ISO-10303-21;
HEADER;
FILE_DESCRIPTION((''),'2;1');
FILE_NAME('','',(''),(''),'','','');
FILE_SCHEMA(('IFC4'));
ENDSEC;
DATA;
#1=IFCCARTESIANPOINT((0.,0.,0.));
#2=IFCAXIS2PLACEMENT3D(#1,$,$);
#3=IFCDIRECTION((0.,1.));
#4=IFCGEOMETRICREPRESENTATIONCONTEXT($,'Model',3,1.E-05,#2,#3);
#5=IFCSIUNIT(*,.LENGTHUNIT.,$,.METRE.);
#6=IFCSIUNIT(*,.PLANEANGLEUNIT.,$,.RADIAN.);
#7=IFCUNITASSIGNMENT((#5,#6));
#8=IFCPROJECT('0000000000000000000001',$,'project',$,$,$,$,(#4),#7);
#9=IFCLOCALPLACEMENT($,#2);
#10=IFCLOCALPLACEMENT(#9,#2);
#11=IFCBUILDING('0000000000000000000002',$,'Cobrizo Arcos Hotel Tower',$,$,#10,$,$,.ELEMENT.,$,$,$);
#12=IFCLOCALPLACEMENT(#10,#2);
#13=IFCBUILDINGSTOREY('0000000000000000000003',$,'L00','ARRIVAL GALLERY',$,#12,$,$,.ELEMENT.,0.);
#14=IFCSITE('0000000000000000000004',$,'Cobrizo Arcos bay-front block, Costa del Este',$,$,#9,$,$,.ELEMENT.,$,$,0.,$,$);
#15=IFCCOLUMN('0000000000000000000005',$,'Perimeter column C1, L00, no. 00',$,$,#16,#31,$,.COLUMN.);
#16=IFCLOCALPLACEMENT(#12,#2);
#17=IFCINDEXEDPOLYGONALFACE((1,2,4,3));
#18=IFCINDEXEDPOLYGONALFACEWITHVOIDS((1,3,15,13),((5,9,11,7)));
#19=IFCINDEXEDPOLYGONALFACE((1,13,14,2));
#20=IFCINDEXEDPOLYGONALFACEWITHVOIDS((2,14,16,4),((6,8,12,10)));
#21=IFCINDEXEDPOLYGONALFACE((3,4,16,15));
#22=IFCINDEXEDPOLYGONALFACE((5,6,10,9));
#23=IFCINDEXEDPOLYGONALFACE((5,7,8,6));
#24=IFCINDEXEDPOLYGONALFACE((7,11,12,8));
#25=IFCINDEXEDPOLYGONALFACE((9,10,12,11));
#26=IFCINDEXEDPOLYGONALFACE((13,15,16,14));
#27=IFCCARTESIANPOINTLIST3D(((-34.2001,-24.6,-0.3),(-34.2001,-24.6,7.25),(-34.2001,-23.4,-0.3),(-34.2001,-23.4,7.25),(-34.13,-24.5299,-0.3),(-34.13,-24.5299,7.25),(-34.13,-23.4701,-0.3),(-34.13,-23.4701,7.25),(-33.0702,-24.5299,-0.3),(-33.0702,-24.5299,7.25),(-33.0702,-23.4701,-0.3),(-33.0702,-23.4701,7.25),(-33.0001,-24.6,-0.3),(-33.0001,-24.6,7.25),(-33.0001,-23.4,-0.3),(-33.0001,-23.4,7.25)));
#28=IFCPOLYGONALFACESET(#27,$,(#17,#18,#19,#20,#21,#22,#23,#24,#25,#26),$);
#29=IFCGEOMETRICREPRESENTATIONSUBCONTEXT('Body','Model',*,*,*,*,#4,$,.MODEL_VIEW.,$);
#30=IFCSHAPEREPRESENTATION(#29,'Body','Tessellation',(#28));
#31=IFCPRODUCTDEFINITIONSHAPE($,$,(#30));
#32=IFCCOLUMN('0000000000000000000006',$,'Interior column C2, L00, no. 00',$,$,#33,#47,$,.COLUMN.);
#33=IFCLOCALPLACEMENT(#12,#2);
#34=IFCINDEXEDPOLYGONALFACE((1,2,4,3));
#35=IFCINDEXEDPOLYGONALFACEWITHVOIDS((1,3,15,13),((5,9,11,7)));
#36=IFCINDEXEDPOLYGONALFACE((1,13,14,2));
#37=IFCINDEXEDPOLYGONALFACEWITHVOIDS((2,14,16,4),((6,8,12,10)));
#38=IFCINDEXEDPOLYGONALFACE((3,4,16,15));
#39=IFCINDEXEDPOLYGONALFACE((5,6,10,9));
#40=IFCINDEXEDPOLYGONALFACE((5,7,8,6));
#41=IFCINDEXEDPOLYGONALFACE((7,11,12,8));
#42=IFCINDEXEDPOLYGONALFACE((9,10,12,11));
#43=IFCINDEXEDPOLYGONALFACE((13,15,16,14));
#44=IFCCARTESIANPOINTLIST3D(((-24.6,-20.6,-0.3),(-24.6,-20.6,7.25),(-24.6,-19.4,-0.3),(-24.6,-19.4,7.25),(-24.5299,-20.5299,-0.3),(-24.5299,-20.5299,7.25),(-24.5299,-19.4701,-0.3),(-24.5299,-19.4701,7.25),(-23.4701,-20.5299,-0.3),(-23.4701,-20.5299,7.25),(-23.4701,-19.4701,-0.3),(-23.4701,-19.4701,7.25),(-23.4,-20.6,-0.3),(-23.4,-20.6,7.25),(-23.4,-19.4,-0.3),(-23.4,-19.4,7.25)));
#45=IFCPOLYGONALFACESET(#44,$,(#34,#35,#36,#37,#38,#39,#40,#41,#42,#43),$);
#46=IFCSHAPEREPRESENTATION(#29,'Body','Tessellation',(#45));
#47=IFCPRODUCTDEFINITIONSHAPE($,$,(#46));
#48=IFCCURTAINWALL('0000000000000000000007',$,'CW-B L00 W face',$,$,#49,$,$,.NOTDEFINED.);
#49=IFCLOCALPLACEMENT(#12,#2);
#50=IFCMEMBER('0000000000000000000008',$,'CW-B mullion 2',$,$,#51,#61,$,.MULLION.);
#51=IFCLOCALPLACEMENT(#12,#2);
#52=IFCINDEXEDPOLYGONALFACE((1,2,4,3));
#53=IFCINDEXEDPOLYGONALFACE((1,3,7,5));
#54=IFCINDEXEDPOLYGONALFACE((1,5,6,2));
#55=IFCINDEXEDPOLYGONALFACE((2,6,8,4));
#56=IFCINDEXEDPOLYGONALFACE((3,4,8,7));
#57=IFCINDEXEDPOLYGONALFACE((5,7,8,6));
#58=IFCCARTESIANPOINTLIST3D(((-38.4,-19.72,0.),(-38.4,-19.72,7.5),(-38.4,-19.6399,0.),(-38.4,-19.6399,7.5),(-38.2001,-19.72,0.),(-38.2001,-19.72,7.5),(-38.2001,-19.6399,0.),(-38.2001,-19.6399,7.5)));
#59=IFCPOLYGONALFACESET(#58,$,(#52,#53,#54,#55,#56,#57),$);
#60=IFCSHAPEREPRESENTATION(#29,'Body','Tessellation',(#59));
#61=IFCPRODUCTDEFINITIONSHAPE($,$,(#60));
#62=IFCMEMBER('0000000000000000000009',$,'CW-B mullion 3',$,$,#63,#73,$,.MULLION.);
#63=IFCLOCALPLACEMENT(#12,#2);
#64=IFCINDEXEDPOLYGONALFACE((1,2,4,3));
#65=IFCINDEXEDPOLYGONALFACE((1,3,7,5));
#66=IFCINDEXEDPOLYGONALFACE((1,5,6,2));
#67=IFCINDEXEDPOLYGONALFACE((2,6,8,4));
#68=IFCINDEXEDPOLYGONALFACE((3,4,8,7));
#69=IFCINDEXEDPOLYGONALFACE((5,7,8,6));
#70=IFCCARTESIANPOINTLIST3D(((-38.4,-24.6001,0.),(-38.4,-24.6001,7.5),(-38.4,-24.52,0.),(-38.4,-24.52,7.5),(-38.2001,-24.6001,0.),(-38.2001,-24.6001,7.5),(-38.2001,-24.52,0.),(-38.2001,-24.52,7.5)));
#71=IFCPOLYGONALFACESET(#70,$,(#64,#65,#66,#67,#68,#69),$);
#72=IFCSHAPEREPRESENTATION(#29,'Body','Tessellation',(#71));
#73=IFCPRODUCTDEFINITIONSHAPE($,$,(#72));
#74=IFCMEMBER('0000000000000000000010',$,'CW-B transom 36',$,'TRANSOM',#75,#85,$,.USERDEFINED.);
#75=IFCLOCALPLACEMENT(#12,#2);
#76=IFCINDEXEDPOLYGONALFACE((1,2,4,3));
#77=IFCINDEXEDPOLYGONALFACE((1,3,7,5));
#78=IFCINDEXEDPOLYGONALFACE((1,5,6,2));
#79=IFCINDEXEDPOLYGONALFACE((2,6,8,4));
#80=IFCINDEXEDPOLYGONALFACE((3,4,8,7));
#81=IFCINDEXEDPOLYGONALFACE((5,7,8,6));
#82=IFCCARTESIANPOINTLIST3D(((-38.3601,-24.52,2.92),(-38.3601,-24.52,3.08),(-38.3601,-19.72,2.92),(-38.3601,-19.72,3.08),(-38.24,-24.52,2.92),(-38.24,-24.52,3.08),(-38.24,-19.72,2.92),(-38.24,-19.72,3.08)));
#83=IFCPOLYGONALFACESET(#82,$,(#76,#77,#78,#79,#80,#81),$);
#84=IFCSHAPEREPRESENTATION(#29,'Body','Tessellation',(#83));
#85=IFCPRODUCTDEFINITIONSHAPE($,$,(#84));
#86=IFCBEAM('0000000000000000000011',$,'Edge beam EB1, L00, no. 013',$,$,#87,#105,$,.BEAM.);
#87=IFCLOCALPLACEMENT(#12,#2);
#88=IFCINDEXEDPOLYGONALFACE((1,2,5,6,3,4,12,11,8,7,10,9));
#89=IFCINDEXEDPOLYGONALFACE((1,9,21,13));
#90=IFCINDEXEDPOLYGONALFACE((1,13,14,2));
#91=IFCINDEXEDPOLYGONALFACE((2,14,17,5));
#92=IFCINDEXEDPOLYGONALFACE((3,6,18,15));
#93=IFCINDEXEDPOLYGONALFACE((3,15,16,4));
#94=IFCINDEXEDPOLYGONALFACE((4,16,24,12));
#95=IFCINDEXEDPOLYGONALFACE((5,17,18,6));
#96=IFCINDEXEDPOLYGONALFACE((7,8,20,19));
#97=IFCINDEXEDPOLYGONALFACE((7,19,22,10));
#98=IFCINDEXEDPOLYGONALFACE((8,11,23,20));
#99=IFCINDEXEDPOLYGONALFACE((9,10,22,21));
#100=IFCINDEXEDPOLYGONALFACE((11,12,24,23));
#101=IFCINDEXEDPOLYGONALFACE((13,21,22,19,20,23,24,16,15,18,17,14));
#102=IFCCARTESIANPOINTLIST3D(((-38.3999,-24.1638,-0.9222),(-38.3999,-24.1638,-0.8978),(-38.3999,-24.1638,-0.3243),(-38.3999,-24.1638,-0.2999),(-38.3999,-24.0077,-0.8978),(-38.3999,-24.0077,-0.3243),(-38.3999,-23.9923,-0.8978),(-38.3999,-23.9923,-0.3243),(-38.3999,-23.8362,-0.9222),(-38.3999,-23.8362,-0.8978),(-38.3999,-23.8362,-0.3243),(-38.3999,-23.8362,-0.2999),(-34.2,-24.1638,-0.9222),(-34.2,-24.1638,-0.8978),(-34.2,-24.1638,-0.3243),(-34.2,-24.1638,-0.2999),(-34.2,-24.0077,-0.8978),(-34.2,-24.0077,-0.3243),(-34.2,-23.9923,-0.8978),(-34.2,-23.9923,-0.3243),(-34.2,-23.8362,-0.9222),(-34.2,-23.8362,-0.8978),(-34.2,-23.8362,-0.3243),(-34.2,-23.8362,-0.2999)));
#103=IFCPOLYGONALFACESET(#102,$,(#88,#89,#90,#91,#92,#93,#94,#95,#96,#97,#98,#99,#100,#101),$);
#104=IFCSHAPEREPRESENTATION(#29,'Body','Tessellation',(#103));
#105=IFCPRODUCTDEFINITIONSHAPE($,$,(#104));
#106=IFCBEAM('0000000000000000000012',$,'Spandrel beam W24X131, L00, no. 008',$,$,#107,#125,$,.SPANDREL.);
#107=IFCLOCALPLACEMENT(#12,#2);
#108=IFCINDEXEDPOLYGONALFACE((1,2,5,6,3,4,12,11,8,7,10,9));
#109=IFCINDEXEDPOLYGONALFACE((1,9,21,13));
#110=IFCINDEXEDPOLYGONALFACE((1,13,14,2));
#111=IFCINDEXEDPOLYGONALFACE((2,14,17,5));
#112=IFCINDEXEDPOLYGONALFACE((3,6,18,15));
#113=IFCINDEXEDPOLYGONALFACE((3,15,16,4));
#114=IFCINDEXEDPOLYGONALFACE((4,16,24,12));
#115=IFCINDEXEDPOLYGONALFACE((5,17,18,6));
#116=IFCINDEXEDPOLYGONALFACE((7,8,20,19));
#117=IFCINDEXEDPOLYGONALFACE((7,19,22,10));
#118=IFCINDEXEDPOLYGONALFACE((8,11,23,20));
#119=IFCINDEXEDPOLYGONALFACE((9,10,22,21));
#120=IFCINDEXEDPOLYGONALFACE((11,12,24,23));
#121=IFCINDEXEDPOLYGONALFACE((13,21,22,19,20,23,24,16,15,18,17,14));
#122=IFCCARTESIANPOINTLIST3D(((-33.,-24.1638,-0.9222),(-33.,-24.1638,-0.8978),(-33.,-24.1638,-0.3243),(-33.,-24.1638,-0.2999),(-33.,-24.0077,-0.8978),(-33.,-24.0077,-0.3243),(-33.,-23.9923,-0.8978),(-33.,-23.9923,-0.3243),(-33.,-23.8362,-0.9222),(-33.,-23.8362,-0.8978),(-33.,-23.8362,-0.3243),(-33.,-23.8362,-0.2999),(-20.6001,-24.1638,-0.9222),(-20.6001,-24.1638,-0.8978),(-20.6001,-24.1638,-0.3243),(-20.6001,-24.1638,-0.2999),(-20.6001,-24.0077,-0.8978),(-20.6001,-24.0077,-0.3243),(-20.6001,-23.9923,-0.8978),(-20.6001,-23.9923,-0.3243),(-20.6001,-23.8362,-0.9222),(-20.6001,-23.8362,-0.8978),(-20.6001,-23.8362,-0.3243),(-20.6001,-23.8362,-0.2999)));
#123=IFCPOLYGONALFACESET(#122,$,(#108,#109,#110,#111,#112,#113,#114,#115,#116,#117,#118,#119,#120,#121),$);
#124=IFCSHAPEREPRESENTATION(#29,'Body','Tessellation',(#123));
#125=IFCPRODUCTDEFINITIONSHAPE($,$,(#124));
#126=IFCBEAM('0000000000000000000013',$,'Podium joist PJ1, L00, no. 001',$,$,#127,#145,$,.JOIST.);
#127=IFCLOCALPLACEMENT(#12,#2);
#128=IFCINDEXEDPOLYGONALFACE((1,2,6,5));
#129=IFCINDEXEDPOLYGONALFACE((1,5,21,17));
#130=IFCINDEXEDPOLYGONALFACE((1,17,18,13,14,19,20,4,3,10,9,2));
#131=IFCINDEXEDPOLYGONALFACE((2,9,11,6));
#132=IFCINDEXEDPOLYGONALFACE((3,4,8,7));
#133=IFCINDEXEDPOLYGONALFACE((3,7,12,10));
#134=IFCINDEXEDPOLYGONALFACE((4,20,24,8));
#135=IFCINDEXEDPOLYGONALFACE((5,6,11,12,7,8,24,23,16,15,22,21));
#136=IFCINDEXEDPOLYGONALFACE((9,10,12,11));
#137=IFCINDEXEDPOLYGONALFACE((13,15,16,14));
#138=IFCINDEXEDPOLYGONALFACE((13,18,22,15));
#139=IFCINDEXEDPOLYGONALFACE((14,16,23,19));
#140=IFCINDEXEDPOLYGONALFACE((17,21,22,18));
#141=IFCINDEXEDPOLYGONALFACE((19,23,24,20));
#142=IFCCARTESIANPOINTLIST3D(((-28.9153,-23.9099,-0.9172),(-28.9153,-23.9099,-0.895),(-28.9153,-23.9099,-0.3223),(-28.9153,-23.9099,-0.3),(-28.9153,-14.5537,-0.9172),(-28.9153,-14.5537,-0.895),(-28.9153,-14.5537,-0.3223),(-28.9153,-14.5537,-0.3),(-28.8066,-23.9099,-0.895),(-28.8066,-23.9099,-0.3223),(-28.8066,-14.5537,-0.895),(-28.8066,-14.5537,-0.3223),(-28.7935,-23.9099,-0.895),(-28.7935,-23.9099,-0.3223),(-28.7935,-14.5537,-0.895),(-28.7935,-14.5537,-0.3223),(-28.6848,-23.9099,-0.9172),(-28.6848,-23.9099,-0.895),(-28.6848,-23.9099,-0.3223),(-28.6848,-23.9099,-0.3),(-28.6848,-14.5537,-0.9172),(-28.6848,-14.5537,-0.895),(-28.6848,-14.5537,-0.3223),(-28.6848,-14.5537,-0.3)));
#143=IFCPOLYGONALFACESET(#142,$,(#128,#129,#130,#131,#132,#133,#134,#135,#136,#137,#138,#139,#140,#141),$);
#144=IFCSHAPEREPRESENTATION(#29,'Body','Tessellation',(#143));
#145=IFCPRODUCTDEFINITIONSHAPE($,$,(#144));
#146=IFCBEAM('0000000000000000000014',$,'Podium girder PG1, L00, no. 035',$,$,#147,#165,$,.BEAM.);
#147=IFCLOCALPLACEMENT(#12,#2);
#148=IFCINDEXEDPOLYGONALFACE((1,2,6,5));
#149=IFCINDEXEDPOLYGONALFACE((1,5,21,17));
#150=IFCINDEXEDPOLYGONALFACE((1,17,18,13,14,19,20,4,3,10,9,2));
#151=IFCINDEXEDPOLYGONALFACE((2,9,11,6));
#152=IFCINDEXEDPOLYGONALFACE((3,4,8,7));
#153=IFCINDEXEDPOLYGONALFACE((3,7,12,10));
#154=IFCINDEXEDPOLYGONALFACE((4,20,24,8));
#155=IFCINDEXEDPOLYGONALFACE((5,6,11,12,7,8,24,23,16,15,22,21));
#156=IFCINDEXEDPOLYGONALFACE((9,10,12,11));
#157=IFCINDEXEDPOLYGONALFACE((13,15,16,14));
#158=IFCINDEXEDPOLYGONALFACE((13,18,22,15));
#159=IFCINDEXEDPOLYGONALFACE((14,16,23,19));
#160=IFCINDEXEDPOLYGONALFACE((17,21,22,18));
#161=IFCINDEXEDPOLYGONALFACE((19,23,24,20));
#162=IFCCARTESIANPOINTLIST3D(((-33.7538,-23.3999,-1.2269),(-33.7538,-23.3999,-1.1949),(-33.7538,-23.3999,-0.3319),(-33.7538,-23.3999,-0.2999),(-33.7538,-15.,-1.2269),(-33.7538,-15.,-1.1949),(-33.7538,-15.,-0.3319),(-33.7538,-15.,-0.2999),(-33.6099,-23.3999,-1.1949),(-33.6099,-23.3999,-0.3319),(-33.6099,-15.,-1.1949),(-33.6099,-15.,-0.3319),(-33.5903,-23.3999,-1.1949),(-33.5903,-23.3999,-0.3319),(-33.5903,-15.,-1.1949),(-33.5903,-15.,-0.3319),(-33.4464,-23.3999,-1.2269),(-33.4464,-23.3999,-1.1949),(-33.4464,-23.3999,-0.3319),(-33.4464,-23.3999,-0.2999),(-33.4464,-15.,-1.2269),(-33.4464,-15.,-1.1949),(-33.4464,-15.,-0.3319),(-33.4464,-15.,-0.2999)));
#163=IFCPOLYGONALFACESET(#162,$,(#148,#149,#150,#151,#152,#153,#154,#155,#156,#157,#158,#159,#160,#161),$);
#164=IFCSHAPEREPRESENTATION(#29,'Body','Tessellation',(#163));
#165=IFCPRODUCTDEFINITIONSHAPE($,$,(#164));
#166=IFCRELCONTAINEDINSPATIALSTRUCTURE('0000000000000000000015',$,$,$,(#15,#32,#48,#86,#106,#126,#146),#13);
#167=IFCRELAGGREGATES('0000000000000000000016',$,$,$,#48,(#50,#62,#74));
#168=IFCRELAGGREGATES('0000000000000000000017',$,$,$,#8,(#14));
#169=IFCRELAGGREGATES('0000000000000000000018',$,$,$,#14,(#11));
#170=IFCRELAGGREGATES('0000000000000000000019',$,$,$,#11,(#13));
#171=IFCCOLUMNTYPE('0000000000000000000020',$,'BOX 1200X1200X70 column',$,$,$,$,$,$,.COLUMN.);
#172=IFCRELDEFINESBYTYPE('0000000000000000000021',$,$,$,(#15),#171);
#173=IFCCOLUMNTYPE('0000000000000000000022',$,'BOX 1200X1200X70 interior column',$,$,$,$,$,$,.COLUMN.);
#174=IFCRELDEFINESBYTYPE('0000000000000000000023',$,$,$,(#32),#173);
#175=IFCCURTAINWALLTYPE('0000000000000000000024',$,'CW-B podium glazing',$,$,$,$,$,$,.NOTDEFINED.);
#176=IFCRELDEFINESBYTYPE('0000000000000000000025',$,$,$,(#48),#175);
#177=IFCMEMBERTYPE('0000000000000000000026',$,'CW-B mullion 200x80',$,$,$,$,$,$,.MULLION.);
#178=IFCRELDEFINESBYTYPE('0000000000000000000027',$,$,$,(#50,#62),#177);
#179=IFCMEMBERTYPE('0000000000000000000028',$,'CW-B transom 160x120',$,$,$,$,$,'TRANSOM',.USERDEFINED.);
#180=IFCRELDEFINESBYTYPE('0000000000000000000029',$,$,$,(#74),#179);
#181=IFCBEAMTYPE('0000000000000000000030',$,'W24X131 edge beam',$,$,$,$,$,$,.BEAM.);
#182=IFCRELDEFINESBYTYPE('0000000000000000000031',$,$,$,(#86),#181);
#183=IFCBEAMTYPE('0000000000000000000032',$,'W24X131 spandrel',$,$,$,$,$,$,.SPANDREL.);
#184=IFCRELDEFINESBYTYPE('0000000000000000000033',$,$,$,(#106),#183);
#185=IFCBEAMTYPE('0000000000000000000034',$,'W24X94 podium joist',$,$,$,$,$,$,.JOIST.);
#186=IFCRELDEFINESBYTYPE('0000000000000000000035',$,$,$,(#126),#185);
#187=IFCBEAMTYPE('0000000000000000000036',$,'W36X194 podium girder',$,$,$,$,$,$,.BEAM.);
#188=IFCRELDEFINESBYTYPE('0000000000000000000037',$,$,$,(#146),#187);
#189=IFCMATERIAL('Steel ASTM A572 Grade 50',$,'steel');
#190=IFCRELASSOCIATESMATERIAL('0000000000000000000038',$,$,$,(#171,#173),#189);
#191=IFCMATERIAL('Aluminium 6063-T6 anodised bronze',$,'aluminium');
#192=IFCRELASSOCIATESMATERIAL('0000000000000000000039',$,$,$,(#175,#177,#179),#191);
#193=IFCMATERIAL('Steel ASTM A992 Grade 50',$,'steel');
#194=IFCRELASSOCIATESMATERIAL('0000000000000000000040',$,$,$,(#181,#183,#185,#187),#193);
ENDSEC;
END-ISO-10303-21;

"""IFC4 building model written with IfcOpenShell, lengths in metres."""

from ifc_helpers import new_model, si_unit, direction, frame, origin, origin_2d, place, context, subcontext, project, spatial, rectangle, hollow_rectangle, i_section, extrude, material, material_profile, profile_set, type_object, element, aggregate, save


model = new_model("IFC4")

# Units and contexts
model_context = context("Model", 3, precision=1e-05, world=origin(), true_north=direction((0.0, 1.0)))
body_context = subcontext(model_context, "Body", "Model", "MODEL_VIEW")
ifc_project = project(units=[si_unit("LENGTHUNIT", "METRE"), si_unit("PLANEANGLEUNIT", "RADIAN")], contexts=[model_context])

# Site, building, storey
site_placement = place(None, origin())
site = spatial("IfcSite", under=ifc_project, at=site_placement, Name="Cobrizo Arcos bay-front block, Costa del Este", CompositionType="ELEMENT", RefElevation=0.0)
building_placement = place(site_placement, origin())
building = spatial("IfcBuilding", under=site, at=building_placement, Name="Cobrizo Arcos Hotel Tower", CompositionType="ELEMENT")
storey_placement = place(building_placement, origin())
storey = spatial("IfcBuildingStorey", under=building, at=storey_placement, Name="L00", Description="ARRIVAL GALLERY", CompositionType="ELEMENT", Elevation=0.0)

# Columns
ifc_material_1 = material(Name="Steel ASTM A572 Grade 50", Category="steel")
ifc_material_profile_1 = material_profile(ifc_material_1, hollow_rectangle(XDim=1.2, YDim=1.2, WallThickness=0.0701, at=origin_2d()), Name="BOX 1200X1200X70")
ifc_profile_set_1 = profile_set([ifc_material_profile_1], Name="Steel ASTM A572 Grade 50")
column_type_1 = type_object("IfcColumnType", Name="BOX 1200X1200X70 column", PredefinedType="COLUMN", material=ifc_profile_set_1)
column_1_placement = place(storey_placement, frame((-33.6001, -24.0, -0.3), z_axis=(0.0, 0.0, 1.0), x_axis=(1.0, 0.0, 0.0)))
element("IfcColumn", 1, at=column_1_placement, inside=storey, type_object=column_type_1, Name="Perimeter column C1, L00, no. 00", PredefinedType="COLUMN", context=body_context, shape_type="SweptSolid", body=[
    extrude(hollow_rectangle(XDim=1.2, YDim=1.2, WallThickness=0.0701, at=origin_2d()), origin(), (0.0, 0.0, 1.0), 7.55),
])
ifc_material_profile_2 = material_profile(ifc_material_1, hollow_rectangle(XDim=1.2, YDim=1.2, WallThickness=0.0701, at=origin_2d()), Name="BOX 1200X1200X70")
ifc_profile_set_2 = profile_set([ifc_material_profile_2], Name="Steel ASTM A572 Grade 50")
column_type_2 = type_object("IfcColumnType", Name="BOX 1200X1200X70 interior column", PredefinedType="COLUMN", material=ifc_profile_set_2)
column_2_placement = place(storey_placement, frame((-24.0, -20.0, -0.3), z_axis=(0.0, 0.0, 1.0), x_axis=(1.0, 0.0, 0.0)))
element("IfcColumn", 2, at=column_2_placement, inside=storey, type_object=column_type_2, Name="Interior column C2, L00, no. 00", PredefinedType="COLUMN", context=body_context, shape_type="SweptSolid", body=[
    extrude(hollow_rectangle(XDim=1.2, YDim=1.2, WallThickness=0.0701, at=origin_2d()), origin(), (0.0, 0.0, 1.0), 7.55),
])

# Curtain wall, members
ifc_material_2 = material(Name="Aluminium 6063-T6 anodised bronze", Category="aluminium")
curtain_wall_type_1 = type_object("IfcCurtainWallType", Name="CW-B podium glazing", PredefinedType="NOTDEFINED", material=ifc_material_2)
curtain_wall_1_placement = place(storey_placement, origin())
curtain_wall_1 = element("IfcCurtainWall", 3, at=curtain_wall_1_placement, inside=storey, type_object=curtain_wall_type_1, Name="CW-B L00 W face", PredefinedType="NOTDEFINED")
ifc_material_profile_3 = material_profile(ifc_material_2, rectangle(XDim=0.2, YDim=0.0801, at=origin_2d()), Name="CW-B mullion 200x80")
ifc_profile_set_3 = profile_set([ifc_material_profile_3], Name="Aluminium 6063-T6 anodised bronze")
member_type_1 = type_object("IfcMemberType", Name="CW-B mullion 200x80", PredefinedType="MULLION", material=ifc_profile_set_3)
member_1_placement = place(storey_placement, frame((-38.3, -19.6799, 0.0), z_axis=(0.0, 0.0, 1.0), x_axis=(-1.0, 0.0, 0.0)))
member_1 = element("IfcMember", 4, at=member_1_placement, type_object=member_type_1, Name="CW-B mullion 2", PredefinedType="MULLION", context=body_context, shape_type="SweptSolid", body=[
    extrude(rectangle(XDim=0.2, YDim=0.0801, at=origin_2d()), origin(), (0.0, 0.0, 1.0), 7.5),
])
member_2_placement = place(storey_placement, frame((-38.3, -24.5601, 0.0), z_axis=(0.0, 0.0, 1.0), x_axis=(-1.0, 0.0, 0.0)))
member_2 = element("IfcMember", 5, at=member_2_placement, type_object=member_type_1, Name="CW-B mullion 3", PredefinedType="MULLION", context=body_context, shape_type="SweptSolid", body=[
    extrude(rectangle(XDim=0.2, YDim=0.0801, at=origin_2d()), origin(), (0.0, 0.0, 1.0), 7.5),
])
ifc_material_profile_4 = material_profile(ifc_material_2, rectangle(XDim=0.1201, YDim=0.1599, at=origin_2d()), Name="CW-B transom 160x120")
ifc_profile_set_4 = profile_set([ifc_material_profile_4], Name="Aluminium 6063-T6 anodised bronze")
member_type_2 = type_object("IfcMemberType", Name="CW-B transom 160x120", ElementType="TRANSOM", PredefinedType="USERDEFINED", material=ifc_profile_set_4)
member_3_placement = place(storey_placement, frame((-38.3, -19.72, 3.0), z_axis=(0.0, -1.0, 0.0), x_axis=(1.0, 0.0, 0.0)))
member_3 = element("IfcMember", 6, at=member_3_placement, type_object=member_type_2, Name="CW-B transom 36", ObjectType="TRANSOM", PredefinedType="USERDEFINED", context=body_context, shape_type="SweptSolid", body=[
    extrude(rectangle(XDim=0.1201, YDim=0.1599, at=origin_2d()), origin(), (0.0, 0.0, 1.0), 4.8),
])

# Beams
ifc_material_3 = material(Name="Steel ASTM A992 Grade 50", Category="steel")
ifc_material_profile_5 = material_profile(ifc_material_3, i_section(OverallWidth=0.3276, OverallDepth=0.6223, WebThickness=0.0154, FlangeThickness=0.0244, at=origin_2d()), Name="W24X131")
ifc_profile_set_5 = profile_set([ifc_material_profile_5], Name="Steel ASTM A992 Grade 50")
beam_type_1 = type_object("IfcBeamType", Name="W24X131 edge beam", PredefinedType="BEAM", material=ifc_profile_set_5)
beam_1_placement = place(storey_placement, frame((-38.3999, -24.0, -0.6111), z_axis=(1.0, 0.0, 0.0), x_axis=(0.0, 1.0, 0.0)))
element("IfcBeam", 7, at=beam_1_placement, inside=storey, type_object=beam_type_1, Name="Edge beam EB1, L00, no. 013", PredefinedType="BEAM", context=body_context, shape_type="SweptSolid", body=[
    extrude(i_section(OverallWidth=0.3276, OverallDepth=0.6223, WebThickness=0.0154, FlangeThickness=0.0244, at=origin_2d()), origin(), (0.0, 0.0, 1.0), 4.2),
])
ifc_material_profile_6 = material_profile(ifc_material_3, i_section(OverallWidth=0.3276, OverallDepth=0.6223, WebThickness=0.0154, FlangeThickness=0.0244, at=origin_2d()), Name="W24X131")
ifc_profile_set_6 = profile_set([ifc_material_profile_6], Name="Steel ASTM A992 Grade 50")
beam_type_2 = type_object("IfcBeamType", Name="W24X131 spandrel", PredefinedType="SPANDREL", material=ifc_profile_set_6)
beam_2_placement = place(storey_placement, frame((-33.0, -24.0, -0.6111), z_axis=(1.0, 0.0, 0.0), x_axis=(0.0, 1.0, 0.0)))
element("IfcBeam", 8, at=beam_2_placement, inside=storey, type_object=beam_type_2, Name="Spandrel beam W24X131, L00, no. 008", PredefinedType="SPANDREL", context=body_context, shape_type="SweptSolid", body=[
    extrude(i_section(OverallWidth=0.3276, OverallDepth=0.6223, WebThickness=0.0154, FlangeThickness=0.0244, at=origin_2d()), origin(), (0.0, 0.0, 1.0), 12.3999),
])
ifc_material_profile_7 = material_profile(ifc_material_3, i_section(OverallWidth=0.2305, OverallDepth=0.6172, WebThickness=0.0132, FlangeThickness=0.0222, at=origin_2d()), Name="W24X94")
ifc_profile_set_7 = profile_set([ifc_material_profile_7], Name="Steel ASTM A992 Grade 50")
beam_type_3 = type_object("IfcBeamType", Name="W24X94 podium joist", PredefinedType="JOIST", material=ifc_profile_set_7)
beam_3_placement = place(storey_placement, frame((-28.8, -23.9099, -0.6086), z_axis=(0.0, 1.0, 0.0), x_axis=(-1.0, 0.0, 0.0)))
element("IfcBeam", 9, at=beam_3_placement, inside=storey, type_object=beam_type_3, Name="Podium joist PJ1, L00, no. 001", PredefinedType="JOIST", context=body_context, shape_type="SweptSolid", body=[
    extrude(i_section(OverallWidth=0.2305, OverallDepth=0.6172, WebThickness=0.0132, FlangeThickness=0.0222, at=origin_2d()), origin(), (0.0, 0.0, 1.0), 9.3562),
])
ifc_material_profile_8 = material_profile(ifc_material_3, i_section(OverallWidth=0.3074, OverallDepth=0.927, WebThickness=0.0195, FlangeThickness=0.032, at=origin_2d()), Name="W36X194")
ifc_profile_set_8 = profile_set([ifc_material_profile_8], Name="Steel ASTM A992 Grade 50")
beam_type_4 = type_object("IfcBeamType", Name="W36X194 podium girder", PredefinedType="BEAM", material=ifc_profile_set_8)
beam_4_placement = place(storey_placement, frame((-33.6001, -23.3999, -0.7634), z_axis=(0.0, 1.0, 0.0), x_axis=(-1.0, 0.0, 0.0)))
element("IfcBeam", 10, at=beam_4_placement, inside=storey, type_object=beam_type_4, Name="Podium girder PG1, L00, no. 035", PredefinedType="BEAM", context=body_context, shape_type="SweptSolid", body=[
    extrude(i_section(OverallWidth=0.3074, OverallDepth=0.927, WebThickness=0.0195, FlangeThickness=0.032, at=origin_2d()), origin(), (0.0, 0.0, 1.0), 8.3999),
])

aggregate(curtain_wall_1, [member_1, member_2, member_3])

save(model, "model.ifc")
